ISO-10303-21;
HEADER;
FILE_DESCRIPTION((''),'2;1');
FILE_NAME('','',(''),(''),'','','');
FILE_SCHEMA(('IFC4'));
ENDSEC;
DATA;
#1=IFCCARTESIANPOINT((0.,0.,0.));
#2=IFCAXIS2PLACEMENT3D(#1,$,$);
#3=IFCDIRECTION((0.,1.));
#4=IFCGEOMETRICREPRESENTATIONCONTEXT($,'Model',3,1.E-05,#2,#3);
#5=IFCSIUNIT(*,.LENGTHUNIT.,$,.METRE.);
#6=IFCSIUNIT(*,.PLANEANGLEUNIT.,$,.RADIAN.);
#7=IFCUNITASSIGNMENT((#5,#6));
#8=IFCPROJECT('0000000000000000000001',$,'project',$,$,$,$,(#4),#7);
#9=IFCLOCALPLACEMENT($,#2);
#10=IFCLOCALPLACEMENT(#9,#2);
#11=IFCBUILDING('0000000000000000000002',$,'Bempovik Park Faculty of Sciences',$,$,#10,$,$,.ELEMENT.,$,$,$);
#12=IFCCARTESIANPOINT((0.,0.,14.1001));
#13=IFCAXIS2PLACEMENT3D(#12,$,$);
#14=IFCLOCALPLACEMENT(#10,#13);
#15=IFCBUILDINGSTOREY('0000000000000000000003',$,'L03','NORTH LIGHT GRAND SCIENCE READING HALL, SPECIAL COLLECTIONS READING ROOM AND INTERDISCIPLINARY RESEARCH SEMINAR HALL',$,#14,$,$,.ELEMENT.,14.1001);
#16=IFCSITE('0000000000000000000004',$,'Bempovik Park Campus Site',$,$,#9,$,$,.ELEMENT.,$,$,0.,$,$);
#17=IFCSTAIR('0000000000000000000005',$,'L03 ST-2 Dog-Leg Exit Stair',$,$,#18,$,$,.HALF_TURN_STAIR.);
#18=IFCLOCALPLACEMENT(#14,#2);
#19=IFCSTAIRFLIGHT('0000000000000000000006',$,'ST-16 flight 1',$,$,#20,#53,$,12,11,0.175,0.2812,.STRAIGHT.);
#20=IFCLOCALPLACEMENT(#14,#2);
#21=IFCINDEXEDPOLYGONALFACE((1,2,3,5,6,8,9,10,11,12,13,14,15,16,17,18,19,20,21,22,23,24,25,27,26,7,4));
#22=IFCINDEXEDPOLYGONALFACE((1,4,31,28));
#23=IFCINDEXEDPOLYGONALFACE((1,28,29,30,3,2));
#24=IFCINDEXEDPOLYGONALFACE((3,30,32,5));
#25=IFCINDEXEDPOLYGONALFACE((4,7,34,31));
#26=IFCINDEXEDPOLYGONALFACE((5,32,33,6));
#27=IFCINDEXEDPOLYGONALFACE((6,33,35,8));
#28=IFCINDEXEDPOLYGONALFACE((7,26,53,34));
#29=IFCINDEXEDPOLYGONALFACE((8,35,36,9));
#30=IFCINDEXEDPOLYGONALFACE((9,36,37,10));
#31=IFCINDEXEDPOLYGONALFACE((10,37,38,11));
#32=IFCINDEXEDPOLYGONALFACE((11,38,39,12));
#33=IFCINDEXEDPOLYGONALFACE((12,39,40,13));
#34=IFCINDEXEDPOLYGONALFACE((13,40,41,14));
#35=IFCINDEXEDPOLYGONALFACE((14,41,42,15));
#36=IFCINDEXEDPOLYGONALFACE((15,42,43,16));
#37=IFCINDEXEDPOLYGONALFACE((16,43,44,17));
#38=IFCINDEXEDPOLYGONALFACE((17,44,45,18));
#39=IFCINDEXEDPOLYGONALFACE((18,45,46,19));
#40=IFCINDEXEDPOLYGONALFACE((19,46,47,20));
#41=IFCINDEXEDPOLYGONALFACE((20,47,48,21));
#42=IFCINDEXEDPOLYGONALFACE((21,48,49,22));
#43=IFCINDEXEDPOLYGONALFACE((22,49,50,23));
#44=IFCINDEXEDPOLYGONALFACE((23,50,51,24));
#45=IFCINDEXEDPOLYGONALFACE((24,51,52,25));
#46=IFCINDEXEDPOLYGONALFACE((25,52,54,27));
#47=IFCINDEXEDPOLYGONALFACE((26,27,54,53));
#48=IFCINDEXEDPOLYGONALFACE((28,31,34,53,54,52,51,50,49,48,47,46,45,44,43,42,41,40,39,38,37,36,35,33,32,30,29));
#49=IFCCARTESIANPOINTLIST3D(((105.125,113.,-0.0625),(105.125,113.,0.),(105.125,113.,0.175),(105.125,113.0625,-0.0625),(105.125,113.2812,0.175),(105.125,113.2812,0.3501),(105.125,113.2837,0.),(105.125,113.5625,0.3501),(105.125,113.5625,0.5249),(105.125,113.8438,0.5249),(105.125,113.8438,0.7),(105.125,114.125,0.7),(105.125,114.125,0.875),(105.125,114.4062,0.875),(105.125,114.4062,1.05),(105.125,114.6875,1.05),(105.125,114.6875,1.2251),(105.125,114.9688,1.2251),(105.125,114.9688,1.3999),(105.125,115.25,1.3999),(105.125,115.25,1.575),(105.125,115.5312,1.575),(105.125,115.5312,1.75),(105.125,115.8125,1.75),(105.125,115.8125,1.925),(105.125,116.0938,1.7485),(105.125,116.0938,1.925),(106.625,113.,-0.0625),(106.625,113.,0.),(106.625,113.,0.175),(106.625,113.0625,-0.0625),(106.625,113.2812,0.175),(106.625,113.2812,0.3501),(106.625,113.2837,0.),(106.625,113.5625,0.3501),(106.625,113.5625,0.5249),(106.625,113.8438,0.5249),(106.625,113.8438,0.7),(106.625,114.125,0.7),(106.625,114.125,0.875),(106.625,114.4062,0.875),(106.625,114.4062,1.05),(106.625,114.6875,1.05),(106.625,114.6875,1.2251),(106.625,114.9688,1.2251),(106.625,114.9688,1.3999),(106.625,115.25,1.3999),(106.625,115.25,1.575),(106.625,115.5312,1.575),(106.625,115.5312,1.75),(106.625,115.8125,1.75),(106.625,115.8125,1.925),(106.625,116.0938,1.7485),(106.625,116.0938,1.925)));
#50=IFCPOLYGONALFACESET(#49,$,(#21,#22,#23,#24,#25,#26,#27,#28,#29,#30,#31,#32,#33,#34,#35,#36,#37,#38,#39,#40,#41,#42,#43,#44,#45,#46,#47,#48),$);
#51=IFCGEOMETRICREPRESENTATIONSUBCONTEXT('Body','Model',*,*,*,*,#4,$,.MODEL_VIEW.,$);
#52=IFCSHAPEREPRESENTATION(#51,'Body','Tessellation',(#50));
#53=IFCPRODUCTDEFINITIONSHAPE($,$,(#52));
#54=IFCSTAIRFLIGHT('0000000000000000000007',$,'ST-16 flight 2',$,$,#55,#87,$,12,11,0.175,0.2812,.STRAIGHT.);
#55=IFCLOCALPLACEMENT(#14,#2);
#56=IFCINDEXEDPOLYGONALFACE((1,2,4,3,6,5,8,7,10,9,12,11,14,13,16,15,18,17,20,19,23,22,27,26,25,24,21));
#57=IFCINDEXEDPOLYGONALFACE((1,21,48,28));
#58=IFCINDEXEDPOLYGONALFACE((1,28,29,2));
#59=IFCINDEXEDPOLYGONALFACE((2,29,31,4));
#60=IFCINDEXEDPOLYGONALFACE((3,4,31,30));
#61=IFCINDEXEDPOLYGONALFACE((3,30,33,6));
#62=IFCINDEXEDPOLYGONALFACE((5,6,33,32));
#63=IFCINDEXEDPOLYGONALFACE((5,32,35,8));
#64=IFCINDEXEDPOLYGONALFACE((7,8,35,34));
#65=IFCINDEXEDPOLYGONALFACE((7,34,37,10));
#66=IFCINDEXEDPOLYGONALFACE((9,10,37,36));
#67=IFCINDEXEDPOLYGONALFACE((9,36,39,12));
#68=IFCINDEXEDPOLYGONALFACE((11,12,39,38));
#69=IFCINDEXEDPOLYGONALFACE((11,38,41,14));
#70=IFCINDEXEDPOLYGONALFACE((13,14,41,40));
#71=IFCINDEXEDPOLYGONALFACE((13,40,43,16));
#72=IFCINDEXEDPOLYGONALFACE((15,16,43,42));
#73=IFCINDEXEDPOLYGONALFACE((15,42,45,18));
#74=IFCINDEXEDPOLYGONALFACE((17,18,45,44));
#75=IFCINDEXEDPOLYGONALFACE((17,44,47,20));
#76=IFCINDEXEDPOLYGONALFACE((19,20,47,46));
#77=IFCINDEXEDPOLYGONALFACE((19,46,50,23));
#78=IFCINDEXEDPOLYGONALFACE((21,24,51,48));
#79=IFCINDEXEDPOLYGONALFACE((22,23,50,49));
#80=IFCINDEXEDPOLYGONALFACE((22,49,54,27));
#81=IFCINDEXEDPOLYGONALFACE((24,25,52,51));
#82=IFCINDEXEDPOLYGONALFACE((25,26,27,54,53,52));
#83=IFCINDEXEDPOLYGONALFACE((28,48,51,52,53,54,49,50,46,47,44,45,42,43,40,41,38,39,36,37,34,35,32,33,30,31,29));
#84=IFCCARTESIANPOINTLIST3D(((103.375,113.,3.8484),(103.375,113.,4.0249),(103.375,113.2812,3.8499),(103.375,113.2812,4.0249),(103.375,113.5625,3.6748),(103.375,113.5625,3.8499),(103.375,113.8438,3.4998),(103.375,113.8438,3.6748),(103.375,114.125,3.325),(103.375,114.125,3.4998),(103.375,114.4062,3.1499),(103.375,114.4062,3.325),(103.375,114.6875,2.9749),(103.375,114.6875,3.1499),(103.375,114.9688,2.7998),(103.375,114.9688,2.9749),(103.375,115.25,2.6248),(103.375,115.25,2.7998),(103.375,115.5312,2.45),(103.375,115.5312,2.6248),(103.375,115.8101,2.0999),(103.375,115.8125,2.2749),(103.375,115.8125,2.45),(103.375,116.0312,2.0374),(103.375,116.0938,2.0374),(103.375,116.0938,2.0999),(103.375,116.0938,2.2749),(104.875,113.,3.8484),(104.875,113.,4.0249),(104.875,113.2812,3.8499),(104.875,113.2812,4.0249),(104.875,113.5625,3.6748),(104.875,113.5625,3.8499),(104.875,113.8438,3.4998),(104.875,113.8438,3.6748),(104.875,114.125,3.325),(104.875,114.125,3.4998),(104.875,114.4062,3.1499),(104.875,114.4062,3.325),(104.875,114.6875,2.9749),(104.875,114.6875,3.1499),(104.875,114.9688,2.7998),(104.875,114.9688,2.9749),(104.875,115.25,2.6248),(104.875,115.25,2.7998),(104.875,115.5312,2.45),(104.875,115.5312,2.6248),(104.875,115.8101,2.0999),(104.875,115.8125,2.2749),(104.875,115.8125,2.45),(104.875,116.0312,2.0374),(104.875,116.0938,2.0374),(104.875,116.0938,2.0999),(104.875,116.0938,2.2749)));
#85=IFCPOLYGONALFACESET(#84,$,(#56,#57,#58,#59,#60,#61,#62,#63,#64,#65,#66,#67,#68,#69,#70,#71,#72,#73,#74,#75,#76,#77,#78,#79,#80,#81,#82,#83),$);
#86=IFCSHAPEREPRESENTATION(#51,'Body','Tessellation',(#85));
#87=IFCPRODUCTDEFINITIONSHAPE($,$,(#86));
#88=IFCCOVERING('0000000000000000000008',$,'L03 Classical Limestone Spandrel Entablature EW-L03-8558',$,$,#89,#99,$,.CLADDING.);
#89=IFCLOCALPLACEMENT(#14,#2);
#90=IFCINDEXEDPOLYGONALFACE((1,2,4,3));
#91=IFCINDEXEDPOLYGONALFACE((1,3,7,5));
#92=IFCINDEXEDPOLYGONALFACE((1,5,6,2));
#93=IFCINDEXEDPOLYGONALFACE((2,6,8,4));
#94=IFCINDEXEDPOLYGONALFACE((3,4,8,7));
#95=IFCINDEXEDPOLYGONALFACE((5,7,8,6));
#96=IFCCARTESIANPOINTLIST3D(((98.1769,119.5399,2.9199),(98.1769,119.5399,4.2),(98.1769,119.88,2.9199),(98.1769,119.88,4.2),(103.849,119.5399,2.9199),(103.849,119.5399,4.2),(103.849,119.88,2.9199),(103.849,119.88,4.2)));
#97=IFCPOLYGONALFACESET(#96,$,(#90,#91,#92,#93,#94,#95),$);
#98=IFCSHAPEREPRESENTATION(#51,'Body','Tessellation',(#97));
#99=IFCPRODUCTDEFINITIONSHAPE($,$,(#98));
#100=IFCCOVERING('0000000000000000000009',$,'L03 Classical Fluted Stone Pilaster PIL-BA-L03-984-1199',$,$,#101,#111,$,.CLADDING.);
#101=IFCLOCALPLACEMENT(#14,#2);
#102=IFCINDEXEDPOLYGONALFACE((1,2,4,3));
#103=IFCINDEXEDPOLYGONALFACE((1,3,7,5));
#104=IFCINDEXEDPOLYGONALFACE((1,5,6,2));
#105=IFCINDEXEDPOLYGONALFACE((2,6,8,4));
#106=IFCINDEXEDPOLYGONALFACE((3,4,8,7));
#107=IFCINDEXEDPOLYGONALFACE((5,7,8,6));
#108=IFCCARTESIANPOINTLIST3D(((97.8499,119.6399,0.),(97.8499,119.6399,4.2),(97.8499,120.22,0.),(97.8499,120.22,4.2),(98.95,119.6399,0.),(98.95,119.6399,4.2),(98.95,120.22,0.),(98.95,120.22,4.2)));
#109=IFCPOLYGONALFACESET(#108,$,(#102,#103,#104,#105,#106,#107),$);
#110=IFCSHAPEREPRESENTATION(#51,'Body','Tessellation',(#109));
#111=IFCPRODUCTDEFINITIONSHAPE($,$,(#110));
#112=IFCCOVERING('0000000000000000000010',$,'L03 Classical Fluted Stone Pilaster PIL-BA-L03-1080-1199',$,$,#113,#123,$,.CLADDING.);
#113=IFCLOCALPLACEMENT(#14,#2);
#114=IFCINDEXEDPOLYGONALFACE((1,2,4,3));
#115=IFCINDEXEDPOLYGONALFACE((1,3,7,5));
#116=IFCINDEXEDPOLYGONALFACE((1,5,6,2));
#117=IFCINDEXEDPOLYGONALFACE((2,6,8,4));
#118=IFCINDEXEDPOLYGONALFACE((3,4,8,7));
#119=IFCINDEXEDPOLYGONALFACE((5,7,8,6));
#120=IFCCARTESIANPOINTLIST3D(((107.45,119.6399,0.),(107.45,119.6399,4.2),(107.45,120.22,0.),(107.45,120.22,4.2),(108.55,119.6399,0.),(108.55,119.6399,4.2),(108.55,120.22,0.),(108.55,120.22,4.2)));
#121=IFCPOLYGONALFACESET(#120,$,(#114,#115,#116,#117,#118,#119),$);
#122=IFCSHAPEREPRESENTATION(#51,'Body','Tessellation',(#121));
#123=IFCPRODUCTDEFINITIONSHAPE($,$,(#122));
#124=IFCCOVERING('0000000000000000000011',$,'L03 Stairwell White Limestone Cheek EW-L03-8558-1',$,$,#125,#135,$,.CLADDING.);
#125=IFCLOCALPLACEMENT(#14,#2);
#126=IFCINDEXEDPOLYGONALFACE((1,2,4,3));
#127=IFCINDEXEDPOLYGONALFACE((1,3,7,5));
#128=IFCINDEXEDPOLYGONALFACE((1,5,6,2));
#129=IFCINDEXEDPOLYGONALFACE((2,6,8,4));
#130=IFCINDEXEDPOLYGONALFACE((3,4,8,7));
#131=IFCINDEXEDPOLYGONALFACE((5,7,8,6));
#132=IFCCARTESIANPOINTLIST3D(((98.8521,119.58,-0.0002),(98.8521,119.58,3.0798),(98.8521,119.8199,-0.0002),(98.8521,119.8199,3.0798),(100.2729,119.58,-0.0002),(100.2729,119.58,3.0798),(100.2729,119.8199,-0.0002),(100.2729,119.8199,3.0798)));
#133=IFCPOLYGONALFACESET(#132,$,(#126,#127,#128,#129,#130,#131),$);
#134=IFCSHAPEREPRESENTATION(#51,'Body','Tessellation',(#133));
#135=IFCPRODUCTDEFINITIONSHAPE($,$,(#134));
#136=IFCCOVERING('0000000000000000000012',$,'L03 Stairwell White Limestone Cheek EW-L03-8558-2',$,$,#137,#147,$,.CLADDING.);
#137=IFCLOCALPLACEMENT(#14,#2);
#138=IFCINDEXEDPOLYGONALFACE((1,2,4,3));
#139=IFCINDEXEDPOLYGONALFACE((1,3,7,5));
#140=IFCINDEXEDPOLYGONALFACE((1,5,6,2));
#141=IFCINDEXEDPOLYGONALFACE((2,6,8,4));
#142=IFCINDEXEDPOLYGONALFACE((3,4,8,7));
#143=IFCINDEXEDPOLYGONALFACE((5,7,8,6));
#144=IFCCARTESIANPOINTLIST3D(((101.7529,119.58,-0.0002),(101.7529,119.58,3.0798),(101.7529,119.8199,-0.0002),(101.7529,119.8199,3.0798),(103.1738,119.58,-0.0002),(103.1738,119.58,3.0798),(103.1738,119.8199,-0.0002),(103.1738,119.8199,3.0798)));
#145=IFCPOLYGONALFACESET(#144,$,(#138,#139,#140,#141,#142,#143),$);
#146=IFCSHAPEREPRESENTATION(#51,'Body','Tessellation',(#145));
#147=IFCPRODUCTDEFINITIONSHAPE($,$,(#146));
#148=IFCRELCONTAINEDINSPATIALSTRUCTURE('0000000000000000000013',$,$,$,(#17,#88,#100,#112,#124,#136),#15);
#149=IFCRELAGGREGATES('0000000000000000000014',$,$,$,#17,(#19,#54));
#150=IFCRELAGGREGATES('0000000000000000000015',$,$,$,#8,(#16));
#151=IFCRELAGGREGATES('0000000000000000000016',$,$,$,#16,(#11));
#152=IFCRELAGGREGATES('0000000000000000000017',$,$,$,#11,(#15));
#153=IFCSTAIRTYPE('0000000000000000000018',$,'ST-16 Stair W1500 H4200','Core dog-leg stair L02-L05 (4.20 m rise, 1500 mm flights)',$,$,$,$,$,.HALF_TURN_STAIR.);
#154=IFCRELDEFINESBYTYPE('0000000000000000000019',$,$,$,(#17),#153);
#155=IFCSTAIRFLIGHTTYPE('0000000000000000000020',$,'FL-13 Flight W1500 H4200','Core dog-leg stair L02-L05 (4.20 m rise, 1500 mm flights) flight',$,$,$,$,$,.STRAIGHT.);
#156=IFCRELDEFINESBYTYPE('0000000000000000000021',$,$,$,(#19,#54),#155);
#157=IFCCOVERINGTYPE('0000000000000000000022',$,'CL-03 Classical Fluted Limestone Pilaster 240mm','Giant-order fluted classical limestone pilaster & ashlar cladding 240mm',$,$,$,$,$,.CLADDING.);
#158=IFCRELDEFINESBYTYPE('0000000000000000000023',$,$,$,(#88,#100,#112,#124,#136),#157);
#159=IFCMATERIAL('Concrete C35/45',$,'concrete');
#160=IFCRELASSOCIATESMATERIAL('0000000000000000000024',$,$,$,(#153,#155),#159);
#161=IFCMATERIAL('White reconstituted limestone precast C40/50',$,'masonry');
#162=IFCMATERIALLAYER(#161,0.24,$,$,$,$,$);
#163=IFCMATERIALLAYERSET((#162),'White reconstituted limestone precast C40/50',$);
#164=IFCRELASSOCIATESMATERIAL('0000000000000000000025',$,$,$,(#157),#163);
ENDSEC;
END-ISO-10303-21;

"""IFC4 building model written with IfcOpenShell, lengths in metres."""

from ifc_helpers import new_model, si_unit, direction, frame, origin, origin_2d, place, context, subcontext, project, spatial, polyline, rectangle, outline, extrude, material, layer, layer_set, type_object, element, aggregate, save


model = new_model("IFC4")

# Units and contexts
model_context = context("Model", 3, precision=1e-05, world=origin(), true_north=direction((0.0, 1.0)))
body_context = subcontext(model_context, "Body", "Model", "MODEL_VIEW")
ifc_project = project(units=[si_unit("LENGTHUNIT", "METRE"), si_unit("PLANEANGLEUNIT", "RADIAN")], contexts=[model_context])

# Site, building, storey
site_placement = place(None, origin())
site = spatial("IfcSite", under=ifc_project, at=site_placement, Name="Bempovik Park Campus Site", CompositionType="ELEMENT", RefElevation=0.0)
building_placement = place(site_placement, origin())
building = spatial("IfcBuilding", under=site, at=building_placement, Name="Bempovik Park Faculty of Sciences", CompositionType="ELEMENT")
storey_placement = place(building_placement, frame((0.0, 0.0, 14.1001)))
storey = spatial("IfcBuildingStorey", under=building, at=storey_placement, Name="L03", Description="NORTH LIGHT GRAND SCIENCE READING HALL, SPECIAL COLLECTIONS READING ROOM AND INTERDISCIPLINARY RESEARCH SEMINAR HALL", CompositionType="ELEMENT", Elevation=14.1001)

# Shared definitions
ifc_material_1 = material(Name="Concrete C35/45", Category="concrete")

# Stair, stair flights
stair_type = type_object("IfcStairType", Name="ST-16 Stair W1500 H4200", Description="Core dog-leg stair L02-L05 (4.20 m rise, 1500 mm flights)", PredefinedType="HALF_TURN_STAIR", material=ifc_material_1)
stair_placement = place(storey_placement, origin())
stair = element("IfcStair", 1, at=stair_placement, inside=storey, type_object=stair_type, Name="L03 ST-2 Dog-Leg Exit Stair", PredefinedType="HALF_TURN_STAIR")
stair_flight_type = type_object("IfcStairFlightType", Name="FL-13 Flight W1500 H4200", Description="Core dog-leg stair L02-L05 (4.20 m rise, 1500 mm flights) flight", PredefinedType="STRAIGHT", material=ifc_material_1)
stair_flight_1_placement = place(storey_placement, frame((105.875, 113.0, 0.0), z_axis=(0.0, 0.0, 1.0), x_axis=(0.0, 1.0, 0.0)))
stair_flight_1 = element("IfcStairFlight", 2, at=stair_flight_1_placement, type_object=stair_flight_type, Name="ST-16 flight 1", NumberOfRisers=12, NumberOfTreads=11, PredefinedType="STRAIGHT", RiserHeight=0.175, TreadLength=0.2812, context=body_context, shape_type="SweptSolid", body=[
    extrude(outline(polyline([(0.0, 0.0), (0.0, 0.175), (0.2812, 0.175), (0.2812, 0.3501), (0.5625, 0.3501), (0.5625, 0.5249), (0.8438, 0.5249), (0.8438, 0.7), (1.125, 0.7), (1.125, 0.875), (1.4062, 0.875), (1.4062, 1.05), (1.6875, 1.05), (1.6875, 1.2251), (1.9688, 1.2251), (1.9688, 1.3999), (2.25, 1.3999), (2.25, 1.575), (2.5312, 1.575), (2.5312, 1.75), (2.8125, 1.75), (2.8125, 1.925), (3.0938, 1.925), (3.0938, 2.1001), (3.0938, 1.7485), (0.2837, 0.0), (0.0625, -0.0625), (0.0, -0.0625), (0.0, 0.0)])), frame((0.0, 0.75, 0.0), z_axis=(0.0, -1.0, 0.0), x_axis=(1.0, 0.0, 0.0)), (0.0, 0.0, 1.0), 1.5),
])
stair_flight_2_placement = place(storey_placement, frame((104.125, 116.0938, 2.0999), z_axis=(0.0, 0.0, 1.0), x_axis=(0.0, -1.0, 0.0)))
stair_flight_2 = element("IfcStairFlight", 3, at=stair_flight_2_placement, type_object=stair_flight_type, Name="ST-16 flight 2", NumberOfRisers=12, NumberOfTreads=11, PredefinedType="STRAIGHT", RiserHeight=0.175, TreadLength=0.2812, context=body_context, shape_type="SweptSolid", body=[
    extrude(outline(polyline([(0.0, 0.0), (0.0, 0.175), (0.2812, 0.175), (0.2812, 0.3501), (0.5625, 0.3501), (0.5625, 0.5249), (0.8438, 0.5249), (0.8438, 0.7), (1.125, 0.7), (1.125, 0.875), (1.4062, 0.875), (1.4062, 1.05), (1.6875, 1.05), (1.6875, 1.2251), (1.9688, 1.2251), (1.9688, 1.3999), (2.25, 1.3999), (2.25, 1.575), (2.5312, 1.575), (2.5312, 1.75), (2.8125, 1.75), (2.8125, 1.925), (3.0938, 1.925), (3.0938, 2.1001), (3.0938, 1.7485), (0.2837, 0.0), (0.0625, -0.0625), (0.0, -0.0625), (0.0, 0.0)])), frame((0.0, 0.75, 0.0), z_axis=(0.0, -1.0, 0.0), x_axis=(1.0, 0.0, 0.0)), (0.0, 0.0, 1.0), 1.5),
])
aggregate(stair, [stair_flight_1, stair_flight_2])

# Coverings
ifc_material_2 = material(Name="White reconstituted limestone precast C40/50", Category="masonry")
ifc_layer_1 = layer(ifc_material_2, 0.24)
ifc_layer_set_1 = layer_set([ifc_layer_1], Name="White reconstituted limestone precast C40/50")
covering_type = type_object("IfcCoveringType", Name="CL-03 Classical Fluted Limestone Pilaster 240mm", Description="Giant-order fluted classical limestone pilaster & ashlar cladding 240mm", PredefinedType="CLADDING", material=ifc_layer_set_1)
covering_placement = place(storey_placement, frame((101.0129, 119.71, 2.9199), z_axis=(0.0, 0.0, 1.0), x_axis=(1.0, 0.0, 0.0)))
element("IfcCovering", 4, at=covering_placement, inside=storey, type_object=covering_type, Name="L03 Classical Limestone Spandrel Entablature EW-L03-8558", PredefinedType="CLADDING", context=body_context, shape_type="SweptSolid", body=[
    extrude(rectangle(XDim=5.6721, YDim=0.3401, at=origin_2d()), origin(), (0.0, 0.0, 1.0), 1.28),
])
for number, where, z_axis, x_axis, name in (
    (5, (98.3999, 119.9299, 0.0), (0.0, 0.0, 1.0), (1.0, 0.0, 0.0), "L03 Classical Fluted Stone Pilaster PIL-BA-L03-984-1199"),
    (6, (108.0, 119.9299, 0.0), (0.0, 0.0, 1.0), (1.0, 0.0, 0.0), "L03 Classical Fluted Stone Pilaster PIL-BA-L03-1080-1199"),
):
    element("IfcCovering", number, at=place(storey_placement, frame(where, z_axis=z_axis, x_axis=x_axis)), inside=storey, type_object=covering_type, Name=name, PredefinedType="CLADDING", context=body_context, shape_type="SweptSolid", body=[
        extrude(rectangle(XDim=1.1001, YDim=0.5801, at=origin_2d()), origin(), (0.0, 0.0, 1.0), 4.2),
    ])
for number, where, z_axis, x_axis, name in (
    (7, (99.5625, 119.7, -0.0002), (0.0, 0.0, 1.0), (1.0, 0.0, 0.0), "L03 Stairwell White Limestone Cheek EW-L03-8558-1"),
    (8, (102.4634, 119.7, -0.0002), (0.0, 0.0, 1.0), (1.0, 0.0, 0.0), "L03 Stairwell White Limestone Cheek EW-L03-8558-2"),
):
    element("IfcCovering", number, at=place(storey_placement, frame(where, z_axis=z_axis, x_axis=x_axis)), inside=storey, type_object=covering_type, Name=name, PredefinedType="CLADDING", context=body_context, shape_type="SweptSolid", body=[
        extrude(rectangle(XDim=1.4209, YDim=0.24, at=origin_2d()), origin(), (0.0, 0.0, 1.0), 3.0801),
    ])

save(model, "model.ifc")
